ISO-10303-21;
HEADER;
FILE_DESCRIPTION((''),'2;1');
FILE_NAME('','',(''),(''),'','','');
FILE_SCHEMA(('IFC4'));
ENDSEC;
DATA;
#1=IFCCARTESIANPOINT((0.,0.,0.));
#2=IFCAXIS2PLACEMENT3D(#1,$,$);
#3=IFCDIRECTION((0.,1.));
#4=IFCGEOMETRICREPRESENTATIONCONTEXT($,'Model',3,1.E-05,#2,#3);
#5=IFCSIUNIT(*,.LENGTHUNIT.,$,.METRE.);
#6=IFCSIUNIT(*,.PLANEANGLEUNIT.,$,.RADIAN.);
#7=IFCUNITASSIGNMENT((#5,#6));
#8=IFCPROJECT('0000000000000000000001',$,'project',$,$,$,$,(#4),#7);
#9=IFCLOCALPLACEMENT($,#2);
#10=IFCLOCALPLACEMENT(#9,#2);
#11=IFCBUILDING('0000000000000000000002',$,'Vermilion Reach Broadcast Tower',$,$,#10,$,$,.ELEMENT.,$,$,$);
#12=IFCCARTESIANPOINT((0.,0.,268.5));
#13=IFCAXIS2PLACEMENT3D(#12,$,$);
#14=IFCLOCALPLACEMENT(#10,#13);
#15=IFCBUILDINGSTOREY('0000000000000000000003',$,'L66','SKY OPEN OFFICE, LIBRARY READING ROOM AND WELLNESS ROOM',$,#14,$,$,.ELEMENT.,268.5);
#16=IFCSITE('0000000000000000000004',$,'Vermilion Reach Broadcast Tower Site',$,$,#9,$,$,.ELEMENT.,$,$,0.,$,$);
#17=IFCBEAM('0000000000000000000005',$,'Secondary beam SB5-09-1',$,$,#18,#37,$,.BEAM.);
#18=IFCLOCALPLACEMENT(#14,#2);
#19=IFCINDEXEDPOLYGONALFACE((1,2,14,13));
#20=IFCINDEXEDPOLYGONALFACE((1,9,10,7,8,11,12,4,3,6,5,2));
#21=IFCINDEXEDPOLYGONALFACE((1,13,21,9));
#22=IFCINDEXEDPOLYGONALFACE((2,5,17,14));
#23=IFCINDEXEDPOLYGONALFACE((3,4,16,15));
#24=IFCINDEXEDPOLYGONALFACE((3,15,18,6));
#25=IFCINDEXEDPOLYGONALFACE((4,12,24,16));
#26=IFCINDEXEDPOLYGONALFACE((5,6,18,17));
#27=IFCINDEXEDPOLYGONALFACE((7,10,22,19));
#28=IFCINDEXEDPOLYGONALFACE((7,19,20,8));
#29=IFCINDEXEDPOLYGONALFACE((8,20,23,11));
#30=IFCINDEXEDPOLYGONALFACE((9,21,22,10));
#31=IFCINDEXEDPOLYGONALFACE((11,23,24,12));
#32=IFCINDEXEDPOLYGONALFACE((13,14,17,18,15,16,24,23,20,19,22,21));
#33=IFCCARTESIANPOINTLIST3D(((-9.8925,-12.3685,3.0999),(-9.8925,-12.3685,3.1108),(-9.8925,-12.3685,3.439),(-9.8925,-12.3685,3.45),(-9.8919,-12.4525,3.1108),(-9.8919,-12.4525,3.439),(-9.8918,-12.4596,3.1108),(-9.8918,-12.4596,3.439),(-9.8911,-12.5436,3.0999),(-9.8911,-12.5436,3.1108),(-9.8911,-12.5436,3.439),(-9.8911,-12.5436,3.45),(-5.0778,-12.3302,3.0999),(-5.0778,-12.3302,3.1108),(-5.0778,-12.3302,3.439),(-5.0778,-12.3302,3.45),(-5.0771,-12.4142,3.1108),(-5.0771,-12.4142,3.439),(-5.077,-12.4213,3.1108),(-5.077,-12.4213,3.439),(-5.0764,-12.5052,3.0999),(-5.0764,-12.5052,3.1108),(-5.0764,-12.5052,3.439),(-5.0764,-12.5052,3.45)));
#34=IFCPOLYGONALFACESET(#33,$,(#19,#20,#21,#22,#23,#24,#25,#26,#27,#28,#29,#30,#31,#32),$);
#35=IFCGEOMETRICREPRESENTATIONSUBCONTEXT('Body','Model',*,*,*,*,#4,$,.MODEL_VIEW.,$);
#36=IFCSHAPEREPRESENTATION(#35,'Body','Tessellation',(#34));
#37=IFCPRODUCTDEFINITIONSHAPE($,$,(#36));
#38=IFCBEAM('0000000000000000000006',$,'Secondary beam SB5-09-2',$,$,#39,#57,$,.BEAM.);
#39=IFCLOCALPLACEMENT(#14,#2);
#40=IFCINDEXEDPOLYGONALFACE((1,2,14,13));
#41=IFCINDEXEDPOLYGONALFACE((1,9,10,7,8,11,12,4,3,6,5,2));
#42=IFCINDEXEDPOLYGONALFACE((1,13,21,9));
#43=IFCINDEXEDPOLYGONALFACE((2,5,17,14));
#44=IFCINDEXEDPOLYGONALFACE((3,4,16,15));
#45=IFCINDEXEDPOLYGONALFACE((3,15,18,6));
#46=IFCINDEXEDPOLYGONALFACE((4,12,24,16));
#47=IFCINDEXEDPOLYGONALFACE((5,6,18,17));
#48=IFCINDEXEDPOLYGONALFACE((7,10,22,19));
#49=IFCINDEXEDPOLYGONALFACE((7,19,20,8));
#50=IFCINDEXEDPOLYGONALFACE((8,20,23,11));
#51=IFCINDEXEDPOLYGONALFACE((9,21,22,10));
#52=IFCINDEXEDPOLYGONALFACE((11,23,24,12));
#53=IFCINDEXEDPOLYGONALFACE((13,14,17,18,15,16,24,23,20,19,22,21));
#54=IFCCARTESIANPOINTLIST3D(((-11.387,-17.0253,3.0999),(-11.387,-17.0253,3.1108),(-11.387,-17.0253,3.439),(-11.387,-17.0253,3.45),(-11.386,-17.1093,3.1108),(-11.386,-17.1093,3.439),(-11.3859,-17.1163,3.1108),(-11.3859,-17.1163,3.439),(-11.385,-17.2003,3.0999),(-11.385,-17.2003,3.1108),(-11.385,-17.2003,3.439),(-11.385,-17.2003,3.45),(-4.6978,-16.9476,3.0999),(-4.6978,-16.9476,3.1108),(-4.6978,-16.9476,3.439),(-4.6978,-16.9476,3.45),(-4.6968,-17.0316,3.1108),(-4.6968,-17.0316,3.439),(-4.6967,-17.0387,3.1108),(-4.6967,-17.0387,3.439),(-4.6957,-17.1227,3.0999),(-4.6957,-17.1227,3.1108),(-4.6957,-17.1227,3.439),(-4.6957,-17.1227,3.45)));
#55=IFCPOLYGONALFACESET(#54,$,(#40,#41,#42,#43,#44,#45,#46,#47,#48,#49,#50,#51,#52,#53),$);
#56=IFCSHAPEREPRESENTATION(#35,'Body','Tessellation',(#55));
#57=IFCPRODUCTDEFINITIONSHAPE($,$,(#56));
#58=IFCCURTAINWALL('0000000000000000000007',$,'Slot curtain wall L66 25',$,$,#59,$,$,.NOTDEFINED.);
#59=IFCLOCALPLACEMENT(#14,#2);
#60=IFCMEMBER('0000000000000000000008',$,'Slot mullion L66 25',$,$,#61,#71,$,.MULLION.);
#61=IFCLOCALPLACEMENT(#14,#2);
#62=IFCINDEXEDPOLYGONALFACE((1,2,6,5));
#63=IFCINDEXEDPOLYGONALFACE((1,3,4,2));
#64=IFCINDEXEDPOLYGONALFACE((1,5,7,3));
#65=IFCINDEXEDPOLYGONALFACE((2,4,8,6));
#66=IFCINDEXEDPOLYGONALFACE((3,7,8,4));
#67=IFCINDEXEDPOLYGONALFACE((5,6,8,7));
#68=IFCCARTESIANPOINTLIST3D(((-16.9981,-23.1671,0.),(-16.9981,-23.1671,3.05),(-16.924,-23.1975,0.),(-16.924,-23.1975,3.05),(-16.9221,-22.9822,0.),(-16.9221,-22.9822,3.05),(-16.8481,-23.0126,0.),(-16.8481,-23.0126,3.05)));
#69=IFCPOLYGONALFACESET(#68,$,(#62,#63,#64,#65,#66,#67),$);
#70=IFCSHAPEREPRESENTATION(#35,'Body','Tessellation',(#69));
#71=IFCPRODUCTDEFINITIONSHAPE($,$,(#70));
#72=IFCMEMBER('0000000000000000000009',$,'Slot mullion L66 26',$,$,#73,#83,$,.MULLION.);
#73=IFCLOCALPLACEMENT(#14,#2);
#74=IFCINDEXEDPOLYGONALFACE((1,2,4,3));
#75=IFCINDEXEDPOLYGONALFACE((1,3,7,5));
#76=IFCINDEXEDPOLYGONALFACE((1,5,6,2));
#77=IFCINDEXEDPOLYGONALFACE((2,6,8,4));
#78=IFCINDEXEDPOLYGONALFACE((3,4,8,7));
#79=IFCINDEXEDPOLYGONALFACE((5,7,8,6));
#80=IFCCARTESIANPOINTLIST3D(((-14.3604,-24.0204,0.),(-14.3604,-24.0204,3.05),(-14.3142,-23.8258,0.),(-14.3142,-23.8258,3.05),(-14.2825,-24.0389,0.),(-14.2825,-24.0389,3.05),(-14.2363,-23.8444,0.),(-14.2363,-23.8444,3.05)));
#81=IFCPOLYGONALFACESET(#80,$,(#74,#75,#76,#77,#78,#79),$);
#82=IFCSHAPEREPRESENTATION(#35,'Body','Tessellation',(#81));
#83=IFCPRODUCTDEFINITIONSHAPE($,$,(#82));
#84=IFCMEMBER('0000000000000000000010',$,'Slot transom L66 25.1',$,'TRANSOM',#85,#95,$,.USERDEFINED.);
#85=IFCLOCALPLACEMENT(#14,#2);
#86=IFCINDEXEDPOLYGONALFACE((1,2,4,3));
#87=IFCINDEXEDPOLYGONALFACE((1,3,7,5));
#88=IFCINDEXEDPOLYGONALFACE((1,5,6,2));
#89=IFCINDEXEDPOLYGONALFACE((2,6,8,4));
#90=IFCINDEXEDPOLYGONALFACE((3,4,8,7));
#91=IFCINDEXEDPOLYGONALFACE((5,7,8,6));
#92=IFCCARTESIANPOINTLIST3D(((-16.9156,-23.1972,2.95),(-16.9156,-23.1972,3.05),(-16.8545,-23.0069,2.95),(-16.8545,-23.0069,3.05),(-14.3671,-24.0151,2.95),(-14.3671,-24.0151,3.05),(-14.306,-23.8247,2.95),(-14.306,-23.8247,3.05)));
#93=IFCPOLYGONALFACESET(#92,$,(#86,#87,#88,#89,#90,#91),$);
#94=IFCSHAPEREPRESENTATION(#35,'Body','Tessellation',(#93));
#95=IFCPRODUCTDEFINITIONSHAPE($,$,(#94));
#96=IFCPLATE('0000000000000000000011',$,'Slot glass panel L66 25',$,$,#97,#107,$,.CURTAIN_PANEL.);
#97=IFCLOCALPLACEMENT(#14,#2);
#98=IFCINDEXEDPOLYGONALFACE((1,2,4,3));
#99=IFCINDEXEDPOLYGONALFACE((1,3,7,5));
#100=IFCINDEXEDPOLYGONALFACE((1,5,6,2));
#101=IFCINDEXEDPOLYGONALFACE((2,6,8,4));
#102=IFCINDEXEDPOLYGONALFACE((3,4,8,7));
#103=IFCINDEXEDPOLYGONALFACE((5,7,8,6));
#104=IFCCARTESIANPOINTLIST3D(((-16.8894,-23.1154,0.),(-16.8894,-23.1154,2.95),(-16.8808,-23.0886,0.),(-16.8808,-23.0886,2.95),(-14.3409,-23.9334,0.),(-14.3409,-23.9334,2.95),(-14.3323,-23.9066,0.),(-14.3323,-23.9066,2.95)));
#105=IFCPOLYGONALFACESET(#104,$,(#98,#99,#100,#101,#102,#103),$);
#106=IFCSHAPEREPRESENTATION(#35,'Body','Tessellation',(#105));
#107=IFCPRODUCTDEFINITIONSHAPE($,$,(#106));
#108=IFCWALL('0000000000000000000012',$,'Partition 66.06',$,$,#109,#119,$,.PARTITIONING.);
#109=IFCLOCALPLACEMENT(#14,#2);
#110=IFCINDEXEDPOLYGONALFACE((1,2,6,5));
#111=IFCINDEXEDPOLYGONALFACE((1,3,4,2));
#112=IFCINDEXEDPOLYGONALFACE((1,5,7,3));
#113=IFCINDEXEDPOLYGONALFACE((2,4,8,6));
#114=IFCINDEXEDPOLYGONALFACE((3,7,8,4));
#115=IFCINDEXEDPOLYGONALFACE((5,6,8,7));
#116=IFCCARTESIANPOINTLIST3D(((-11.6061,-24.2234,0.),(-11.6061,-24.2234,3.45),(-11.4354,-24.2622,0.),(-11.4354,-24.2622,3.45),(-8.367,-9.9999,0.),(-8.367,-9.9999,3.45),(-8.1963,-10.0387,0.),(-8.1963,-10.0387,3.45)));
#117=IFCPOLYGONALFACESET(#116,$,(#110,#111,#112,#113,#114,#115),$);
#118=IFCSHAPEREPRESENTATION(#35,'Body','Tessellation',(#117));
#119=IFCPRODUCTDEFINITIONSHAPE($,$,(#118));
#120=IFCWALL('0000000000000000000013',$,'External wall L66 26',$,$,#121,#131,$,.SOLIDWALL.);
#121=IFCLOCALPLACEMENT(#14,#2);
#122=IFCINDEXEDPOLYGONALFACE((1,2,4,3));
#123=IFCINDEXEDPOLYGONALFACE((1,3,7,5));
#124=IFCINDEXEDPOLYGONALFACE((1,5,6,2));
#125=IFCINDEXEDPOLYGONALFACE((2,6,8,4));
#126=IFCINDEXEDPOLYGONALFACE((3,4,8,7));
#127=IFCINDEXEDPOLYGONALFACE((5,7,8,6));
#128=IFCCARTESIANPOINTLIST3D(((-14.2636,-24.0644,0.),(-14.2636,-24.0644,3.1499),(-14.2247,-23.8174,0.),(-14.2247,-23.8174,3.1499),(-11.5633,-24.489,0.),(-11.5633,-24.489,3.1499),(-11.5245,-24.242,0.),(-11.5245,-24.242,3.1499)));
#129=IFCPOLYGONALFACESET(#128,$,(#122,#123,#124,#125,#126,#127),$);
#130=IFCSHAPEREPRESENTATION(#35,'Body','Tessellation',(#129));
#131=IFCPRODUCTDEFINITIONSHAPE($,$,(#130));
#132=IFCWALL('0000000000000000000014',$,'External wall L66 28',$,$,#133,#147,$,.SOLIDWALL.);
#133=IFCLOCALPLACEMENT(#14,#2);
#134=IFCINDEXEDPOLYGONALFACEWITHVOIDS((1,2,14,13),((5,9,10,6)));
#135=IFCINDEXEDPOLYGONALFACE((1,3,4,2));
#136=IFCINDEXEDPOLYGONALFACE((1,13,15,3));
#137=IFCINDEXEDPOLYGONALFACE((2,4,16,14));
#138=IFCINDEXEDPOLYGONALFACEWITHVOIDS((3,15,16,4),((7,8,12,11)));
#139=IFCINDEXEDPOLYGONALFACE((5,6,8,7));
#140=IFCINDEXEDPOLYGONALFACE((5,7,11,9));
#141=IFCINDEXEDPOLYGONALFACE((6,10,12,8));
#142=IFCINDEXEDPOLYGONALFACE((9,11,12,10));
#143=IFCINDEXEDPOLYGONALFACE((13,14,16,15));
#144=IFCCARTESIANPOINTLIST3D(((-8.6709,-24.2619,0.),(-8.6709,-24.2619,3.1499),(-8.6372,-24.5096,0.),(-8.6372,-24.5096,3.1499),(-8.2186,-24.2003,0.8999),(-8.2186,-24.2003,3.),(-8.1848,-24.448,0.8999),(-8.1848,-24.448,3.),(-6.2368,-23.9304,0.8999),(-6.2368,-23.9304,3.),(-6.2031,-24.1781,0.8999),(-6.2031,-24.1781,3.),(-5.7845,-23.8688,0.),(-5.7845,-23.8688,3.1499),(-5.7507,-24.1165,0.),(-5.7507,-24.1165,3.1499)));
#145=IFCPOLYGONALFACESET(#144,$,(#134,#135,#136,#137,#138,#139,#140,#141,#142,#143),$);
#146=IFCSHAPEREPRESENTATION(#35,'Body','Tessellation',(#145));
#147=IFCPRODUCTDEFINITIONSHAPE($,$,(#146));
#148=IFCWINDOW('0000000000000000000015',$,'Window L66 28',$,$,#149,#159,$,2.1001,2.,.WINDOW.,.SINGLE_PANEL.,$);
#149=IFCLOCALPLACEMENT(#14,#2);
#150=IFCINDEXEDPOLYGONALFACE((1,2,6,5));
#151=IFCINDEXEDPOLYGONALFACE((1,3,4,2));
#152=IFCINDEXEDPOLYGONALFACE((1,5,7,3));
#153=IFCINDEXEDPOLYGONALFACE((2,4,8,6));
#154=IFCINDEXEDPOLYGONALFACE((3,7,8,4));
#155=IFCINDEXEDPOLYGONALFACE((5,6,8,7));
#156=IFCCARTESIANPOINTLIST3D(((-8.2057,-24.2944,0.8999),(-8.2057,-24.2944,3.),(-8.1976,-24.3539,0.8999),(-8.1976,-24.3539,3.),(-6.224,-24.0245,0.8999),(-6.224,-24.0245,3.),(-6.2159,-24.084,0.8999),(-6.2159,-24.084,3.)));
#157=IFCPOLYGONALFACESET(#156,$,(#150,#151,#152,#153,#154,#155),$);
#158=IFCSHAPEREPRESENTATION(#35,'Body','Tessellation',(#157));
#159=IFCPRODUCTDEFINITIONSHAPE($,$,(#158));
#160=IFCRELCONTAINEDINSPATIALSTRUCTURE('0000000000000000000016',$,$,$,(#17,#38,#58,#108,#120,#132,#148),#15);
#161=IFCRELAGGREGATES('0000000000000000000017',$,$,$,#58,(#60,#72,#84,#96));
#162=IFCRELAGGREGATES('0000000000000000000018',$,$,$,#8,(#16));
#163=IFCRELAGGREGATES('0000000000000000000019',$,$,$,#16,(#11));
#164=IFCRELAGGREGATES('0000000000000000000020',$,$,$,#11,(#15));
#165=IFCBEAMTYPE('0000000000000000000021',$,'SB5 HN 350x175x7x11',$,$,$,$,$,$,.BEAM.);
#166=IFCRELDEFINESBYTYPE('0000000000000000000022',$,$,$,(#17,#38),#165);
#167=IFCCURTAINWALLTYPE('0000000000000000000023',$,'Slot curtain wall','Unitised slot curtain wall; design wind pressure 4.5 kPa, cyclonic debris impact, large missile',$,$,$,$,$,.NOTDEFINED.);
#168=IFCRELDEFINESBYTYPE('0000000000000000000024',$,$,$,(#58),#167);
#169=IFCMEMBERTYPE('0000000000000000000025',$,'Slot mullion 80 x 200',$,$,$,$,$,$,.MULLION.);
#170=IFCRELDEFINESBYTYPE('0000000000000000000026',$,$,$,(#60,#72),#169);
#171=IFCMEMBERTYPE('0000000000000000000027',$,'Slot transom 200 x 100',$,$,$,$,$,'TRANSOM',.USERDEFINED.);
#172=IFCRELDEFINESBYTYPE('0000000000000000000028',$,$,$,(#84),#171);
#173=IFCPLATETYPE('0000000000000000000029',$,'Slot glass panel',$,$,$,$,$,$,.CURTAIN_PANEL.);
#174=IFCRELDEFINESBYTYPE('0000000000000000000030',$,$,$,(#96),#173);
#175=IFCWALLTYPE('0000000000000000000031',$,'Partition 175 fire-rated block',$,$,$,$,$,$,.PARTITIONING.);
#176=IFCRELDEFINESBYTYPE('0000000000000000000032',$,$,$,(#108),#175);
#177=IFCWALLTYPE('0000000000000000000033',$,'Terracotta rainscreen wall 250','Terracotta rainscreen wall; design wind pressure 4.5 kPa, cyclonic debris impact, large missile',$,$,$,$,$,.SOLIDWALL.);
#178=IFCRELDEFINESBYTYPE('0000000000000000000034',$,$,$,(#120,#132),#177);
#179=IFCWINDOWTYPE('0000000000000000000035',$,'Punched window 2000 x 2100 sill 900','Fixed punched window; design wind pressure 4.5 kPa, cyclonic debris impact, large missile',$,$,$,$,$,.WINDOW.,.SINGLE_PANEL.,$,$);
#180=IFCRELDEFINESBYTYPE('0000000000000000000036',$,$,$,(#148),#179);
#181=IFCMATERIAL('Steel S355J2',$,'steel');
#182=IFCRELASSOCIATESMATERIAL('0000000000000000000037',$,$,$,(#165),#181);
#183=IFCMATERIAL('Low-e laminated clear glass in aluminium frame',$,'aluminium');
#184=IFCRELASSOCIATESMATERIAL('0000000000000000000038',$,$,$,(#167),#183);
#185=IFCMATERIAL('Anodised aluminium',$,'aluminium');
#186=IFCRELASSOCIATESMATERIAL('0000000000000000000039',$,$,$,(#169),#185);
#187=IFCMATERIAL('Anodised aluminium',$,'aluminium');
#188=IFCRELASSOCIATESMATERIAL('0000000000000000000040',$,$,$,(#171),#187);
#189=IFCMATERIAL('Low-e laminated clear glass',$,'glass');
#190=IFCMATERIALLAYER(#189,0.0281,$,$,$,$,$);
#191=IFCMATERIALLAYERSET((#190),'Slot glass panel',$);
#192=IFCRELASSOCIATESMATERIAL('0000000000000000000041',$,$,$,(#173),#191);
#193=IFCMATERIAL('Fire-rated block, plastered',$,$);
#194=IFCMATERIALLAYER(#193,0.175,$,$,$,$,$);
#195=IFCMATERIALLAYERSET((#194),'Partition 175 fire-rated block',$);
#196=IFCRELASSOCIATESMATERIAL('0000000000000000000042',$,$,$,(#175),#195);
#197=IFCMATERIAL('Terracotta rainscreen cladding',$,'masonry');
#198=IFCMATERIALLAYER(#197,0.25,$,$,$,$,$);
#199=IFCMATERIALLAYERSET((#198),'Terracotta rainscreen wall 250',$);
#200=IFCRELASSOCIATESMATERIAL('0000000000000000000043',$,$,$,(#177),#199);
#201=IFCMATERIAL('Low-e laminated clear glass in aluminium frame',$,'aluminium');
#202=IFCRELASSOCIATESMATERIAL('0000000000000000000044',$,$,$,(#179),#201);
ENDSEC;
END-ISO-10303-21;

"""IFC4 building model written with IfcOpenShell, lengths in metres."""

from ifc_helpers import new_model, si_unit, direction, frame, frame_2d, origin, origin_2d, place, context, subcontext, project, spatial, rectangle, i_section, extrude, material, layer, layer_set, material_profile, profile_set, type_object, element, fill, aggregate, save


model = new_model("IFC4")

# Units and contexts
model_context = context("Model", 3, precision=1e-05, world=origin(), true_north=direction((0.0, 1.0)))
body_context = subcontext(model_context, "Body", "Model", "MODEL_VIEW")
ifc_project = project(units=[si_unit("LENGTHUNIT", "METRE"), si_unit("PLANEANGLEUNIT", "RADIAN")], contexts=[model_context])

# Site, building, storey
site_placement = place(None, origin())
site = spatial("IfcSite", under=ifc_project, at=site_placement, Name="Vermilion Reach Broadcast Tower Site", CompositionType="ELEMENT", RefElevation=0.0)
building_placement = place(site_placement, origin())
building = spatial("IfcBuilding", under=site, at=building_placement, Name="Vermilion Reach Broadcast Tower", CompositionType="ELEMENT")
storey_placement = place(building_placement, frame((0.0, 0.0, 268.5)))
storey = spatial("IfcBuildingStorey", under=building, at=storey_placement, Name="L66", Description="SKY OPEN OFFICE, LIBRARY READING ROOM AND WELLNESS ROOM", CompositionType="ELEMENT", Elevation=268.5)

# Beams
ifc_material_1 = material(Name="Steel S355J2", Category="steel")
ifc_material_profile_1 = material_profile(ifc_material_1, i_section(OverallWidth=0.175, OverallDepth=0.3501, WebThickness=0.0071, FlangeThickness=0.011, at=origin_2d()), Name="S355J2 HN 350x175x7x11")
ifc_profile_set_1 = profile_set([ifc_material_profile_1], Name="Steel S355J2")
beam_type_1 = type_object("IfcBeamType", Name="SB5 HN 350x175x7x11", PredefinedType="BEAM", material=ifc_profile_set_1)
beam_1_placement = place(storey_placement, frame((-9.8918, -12.4561, 3.2749), z_axis=(0.999968, 0.007961, 0.0), x_axis=(-0.007961, 0.999968, 0.0)))
element("IfcBeam", 1, at=beam_1_placement, inside=storey, type_object=beam_type_1, Name="Secondary beam SB5-09-1", PredefinedType="BEAM", context=body_context, shape_type="SweptSolid", body=[
    extrude(i_section(OverallWidth=0.175, OverallDepth=0.3501, WebThickness=0.0071, FlangeThickness=0.011, at=origin_2d()), origin(), (0.0, 0.0, 1.0), 4.8149),
])
beam_2_placement = place(storey_placement, frame((-11.386, -17.1128, 3.2749), z_axis=(0.999933, 0.011605, 0.0), x_axis=(-0.011605, 0.999933, 0.0)))
element("IfcBeam", 2, at=beam_2_placement, inside=storey, type_object=beam_type_1, Name="Secondary beam SB5-09-2", PredefinedType="BEAM", context=body_context, shape_type="SweptSolid", body=[
    extrude(i_section(OverallWidth=0.175, OverallDepth=0.3501, WebThickness=0.0071, FlangeThickness=0.011, at=origin_2d()), origin(), (0.0, 0.0, 1.0), 6.6897),
])

# Curtain wall, members, plate
ifc_material_2 = material(Name="Low-e laminated clear glass in aluminium frame", Category="aluminium")
curtain_wall_type = type_object("IfcCurtainWallType", Name="Slot curtain wall", Description="Unitised slot curtain wall; design wind pressure 4.5 kPa, cyclonic debris impact, large missile", PredefinedType="NOTDEFINED", material=ifc_material_2)
curtain_wall_placement = place(storey_placement, origin())
curtain_wall = element("IfcCurtainWall", 3, at=curtain_wall_placement, inside=storey, type_object=curtain_wall_type, Name="Slot curtain wall L66 25", PredefinedType="NOTDEFINED")
ifc_material_3 = material(Name="Anodised aluminium", Category="aluminium")
ifc_material_profile_2 = material_profile(ifc_material_3, rectangle(XDim=0.2, YDim=0.0801, at=origin_2d()), Name="Slot mullion 80 x 200")
ifc_profile_set_2 = profile_set([ifc_material_profile_2], Name="Anodised aluminium")
member_type_1 = type_object("IfcMemberType", Name="Slot mullion 80 x 200", PredefinedType="MULLION", material=ifc_profile_set_2)
member_1_placement = place(storey_placement, frame((-16.9231, -23.0898, 0.0), z_axis=(0.0, 0.0, 1.0), x_axis=(0.379958, 0.925004, 0.0)))
member_1 = element("IfcMember", 4, at=member_1_placement, type_object=member_type_1, Name="Slot mullion L66 25", PredefinedType="MULLION", context=body_context, shape_type="SweptSolid", body=[
    extrude(rectangle(XDim=0.2, YDim=0.0801, at=origin_2d()), origin(), (0.0, 0.0, 1.0), 3.05),
])
member_2_placement = place(storey_placement, frame((-14.2983, -23.9324, 0.0), z_axis=(0.0, 0.0, 1.0), x_axis=(0.231179, 0.972911, 0.0)))
member_2 = element("IfcMember", 5, at=member_2_placement, type_object=member_type_1, Name="Slot mullion L66 26", PredefinedType="MULLION", context=body_context, shape_type="SweptSolid", body=[
    extrude(rectangle(XDim=0.2, YDim=0.0801, at=origin_2d()), origin(), (0.0, 0.0, 1.0), 3.05),
])
ifc_material_4 = material(Name="Anodised aluminium", Category="aluminium")
ifc_material_profile_3 = material_profile(ifc_material_4, rectangle(XDim=0.2, YDim=0.1001, at=origin_2d()), Name="Slot transom 200 x 100")
ifc_profile_set_3 = profile_set([ifc_material_profile_3], Name="Anodised aluminium")
member_type_2 = type_object("IfcMemberType", Name="Slot transom 200 x 100", ElementType="TRANSOM", PredefinedType="USERDEFINED", material=ifc_profile_set_3)
member_3_placement = place(storey_placement, frame((-16.885, -23.1021, 3.0), z_axis=(0.952172, -0.305563, 0.0), x_axis=(0.305563, 0.952172, 0.0)))
member_3 = element("IfcMember", 6, at=member_3_placement, type_object=member_type_2, Name="Slot transom L66 25.1", ObjectType="TRANSOM", PredefinedType="USERDEFINED", context=body_context, shape_type="SweptSolid", body=[
    extrude(rectangle(XDim=0.2, YDim=0.1001, at=origin_2d()), origin(), (0.0, 0.0, 1.0), 2.6765),
])
ifc_material_5 = material(Name="Low-e laminated clear glass", Category="glass")
ifc_layer_1 = layer(ifc_material_5, 0.0281)
ifc_layer_set_1 = layer_set([ifc_layer_1], Name="Slot glass panel")
plate_type = type_object("IfcPlateType", Name="Slot glass panel", PredefinedType="CURTAIN_PANEL", material=ifc_layer_set_1)
plate_placement = place(storey_placement, frame((-15.6108, -23.511, 0.0), z_axis=(0.0, 0.0, 1.0), x_axis=(0.952154, -0.305619, 0.0)))
plate = element("IfcPlate", 7, at=plate_placement, type_object=plate_type, Name="Slot glass panel L66 25", PredefinedType="CURTAIN_PANEL", context=body_context, shape_type="SweptSolid", body=[
    extrude(rectangle(XDim=2.6765, YDim=0.0281, at=origin_2d()), origin(), (0.0, 0.0, 1.0), 2.95),
])
aggregate(curtain_wall, [member_1, member_2, member_3, plate])

# Walls
ifc_material_6 = material(Name="Fire-rated block, plastered")
ifc_layer_2 = layer(ifc_material_6, 0.175)
ifc_layer_set_2 = layer_set([ifc_layer_2], Name="Partition 175 fire-rated block")
wall_type_1 = type_object("IfcWallType", Name="Partition 175 fire-rated block", PredefinedType="PARTITIONING", material=ifc_layer_set_2)
wall_1_placement = place(storey_placement, frame((-11.5208, -24.2429, 0.0), z_axis=(0.0, 0.0, 1.0), x_axis=(0.22204, 0.975038, 0.0)))
element("IfcWall", 8, at=wall_1_placement, inside=storey, type_object=wall_type_1, Name="Partition 66.06", PredefinedType="PARTITIONING", context=body_context, shape_type="SweptSolid", body=[
    extrude(rectangle(XDim=14.5876, YDim=0.175, at=frame_2d((7.2939, 0.0))), origin(), (0.0, 0.0, 1.0), 3.45),
])
ifc_material_7 = material(Name="Terracotta rainscreen cladding", Category="masonry")
ifc_layer_3 = layer(ifc_material_7, 0.25)
ifc_layer_set_3 = layer_set([ifc_layer_3], Name="Terracotta rainscreen wall 250")
wall_type_2 = type_object("IfcWallType", Name="Terracotta rainscreen wall 250", Description="Terracotta rainscreen wall; design wind pressure 4.5 kPa, cyclonic debris impact, large missile", PredefinedType="SOLIDWALL", material=ifc_layer_set_3)
wall_2_placement = place(storey_placement, frame((-14.2441, -23.9409, 0.0), z_axis=(0.0, 0.0, 1.0), x_axis=(0.987863, -0.155325, 0.0)))
element("IfcWall", 9, at=wall_2_placement, inside=storey, type_object=wall_type_2, Name="External wall L66 26", PredefinedType="SOLIDWALL", context=body_context, shape_type="SweptSolid", body=[
    extrude(rectangle(XDim=2.7334, YDim=0.25, at=frame_2d((1.3667, 0.0))), origin(), (0.0, 0.0, 1.0), 3.1499),
])

# Wall, opening, window
wall_3_placement = place(storey_placement, frame((-8.6541, -24.3857, 0.0), z_axis=(0.0, 0.0, 1.0), x_axis=(0.990855, 0.13493, 0.0)))
wall_3 = element("IfcWall", 10, at=wall_3_placement, inside=storey, type_object=wall_type_2, Name="External wall L66 28", PredefinedType="SOLIDWALL", context=body_context, shape_type="SweptSolid", body=[
    extrude(rectangle(XDim=2.9131, YDim=0.25, at=frame_2d((1.4565, 0.0))), origin(), (0.0, 0.0, 1.0), 3.1499),
])
opening_1_placement = place(wall_3_placement, frame((0.4565, 0.0, 0.8999)))
opening_1 = element("IfcOpeningElement", 11, at=opening_1_placement, cuts=wall_3, PredefinedType="OPENING", context=body_context, shape_type="SweptSolid", body=[
    extrude(rectangle(XDim=2.0, YDim=2.1001, at=frame_2d((1.0, 1.05))), frame((0.0, 0.135, 0.0), z_axis=(0.0, -1.0, 0.0), x_axis=(1.0, 0.0, 0.0)), (0.0, 0.0, 1.0), 0.27),
])
ifc_material_8 = material(Name="Low-e laminated clear glass in aluminium frame", Category="aluminium")
window_type = type_object("IfcWindowType", Name="Punched window 2000 x 2100 sill 900", Description="Fixed punched window; design wind pressure 4.5 kPa, cyclonic debris impact, large missile", PartitioningType="SINGLE_PANEL", PredefinedType="WINDOW", material=ifc_material_8)
window_1_placement = place(opening_1_placement, origin())
window_1 = element("IfcWindow", 12, at=window_1_placement, inside=storey, type_object=window_type, Name="Window L66 28", OverallHeight=2.1001, OverallWidth=2.0, PartitioningType="SINGLE_PANEL", PredefinedType="WINDOW", context=body_context, shape_type="SweptSolid", body=[
    extrude(rectangle(XDim=2.0, YDim=2.1001, at=frame_2d((1.0, 1.05))), frame((0.0, 0.03, 0.0), z_axis=(0.0, -1.0, 0.0), x_axis=(1.0, 0.0, 0.0)), (0.0, 0.0, 1.0), 0.0601),
])
fill(opening_1, window_1)

save(model, "model.ifc")
